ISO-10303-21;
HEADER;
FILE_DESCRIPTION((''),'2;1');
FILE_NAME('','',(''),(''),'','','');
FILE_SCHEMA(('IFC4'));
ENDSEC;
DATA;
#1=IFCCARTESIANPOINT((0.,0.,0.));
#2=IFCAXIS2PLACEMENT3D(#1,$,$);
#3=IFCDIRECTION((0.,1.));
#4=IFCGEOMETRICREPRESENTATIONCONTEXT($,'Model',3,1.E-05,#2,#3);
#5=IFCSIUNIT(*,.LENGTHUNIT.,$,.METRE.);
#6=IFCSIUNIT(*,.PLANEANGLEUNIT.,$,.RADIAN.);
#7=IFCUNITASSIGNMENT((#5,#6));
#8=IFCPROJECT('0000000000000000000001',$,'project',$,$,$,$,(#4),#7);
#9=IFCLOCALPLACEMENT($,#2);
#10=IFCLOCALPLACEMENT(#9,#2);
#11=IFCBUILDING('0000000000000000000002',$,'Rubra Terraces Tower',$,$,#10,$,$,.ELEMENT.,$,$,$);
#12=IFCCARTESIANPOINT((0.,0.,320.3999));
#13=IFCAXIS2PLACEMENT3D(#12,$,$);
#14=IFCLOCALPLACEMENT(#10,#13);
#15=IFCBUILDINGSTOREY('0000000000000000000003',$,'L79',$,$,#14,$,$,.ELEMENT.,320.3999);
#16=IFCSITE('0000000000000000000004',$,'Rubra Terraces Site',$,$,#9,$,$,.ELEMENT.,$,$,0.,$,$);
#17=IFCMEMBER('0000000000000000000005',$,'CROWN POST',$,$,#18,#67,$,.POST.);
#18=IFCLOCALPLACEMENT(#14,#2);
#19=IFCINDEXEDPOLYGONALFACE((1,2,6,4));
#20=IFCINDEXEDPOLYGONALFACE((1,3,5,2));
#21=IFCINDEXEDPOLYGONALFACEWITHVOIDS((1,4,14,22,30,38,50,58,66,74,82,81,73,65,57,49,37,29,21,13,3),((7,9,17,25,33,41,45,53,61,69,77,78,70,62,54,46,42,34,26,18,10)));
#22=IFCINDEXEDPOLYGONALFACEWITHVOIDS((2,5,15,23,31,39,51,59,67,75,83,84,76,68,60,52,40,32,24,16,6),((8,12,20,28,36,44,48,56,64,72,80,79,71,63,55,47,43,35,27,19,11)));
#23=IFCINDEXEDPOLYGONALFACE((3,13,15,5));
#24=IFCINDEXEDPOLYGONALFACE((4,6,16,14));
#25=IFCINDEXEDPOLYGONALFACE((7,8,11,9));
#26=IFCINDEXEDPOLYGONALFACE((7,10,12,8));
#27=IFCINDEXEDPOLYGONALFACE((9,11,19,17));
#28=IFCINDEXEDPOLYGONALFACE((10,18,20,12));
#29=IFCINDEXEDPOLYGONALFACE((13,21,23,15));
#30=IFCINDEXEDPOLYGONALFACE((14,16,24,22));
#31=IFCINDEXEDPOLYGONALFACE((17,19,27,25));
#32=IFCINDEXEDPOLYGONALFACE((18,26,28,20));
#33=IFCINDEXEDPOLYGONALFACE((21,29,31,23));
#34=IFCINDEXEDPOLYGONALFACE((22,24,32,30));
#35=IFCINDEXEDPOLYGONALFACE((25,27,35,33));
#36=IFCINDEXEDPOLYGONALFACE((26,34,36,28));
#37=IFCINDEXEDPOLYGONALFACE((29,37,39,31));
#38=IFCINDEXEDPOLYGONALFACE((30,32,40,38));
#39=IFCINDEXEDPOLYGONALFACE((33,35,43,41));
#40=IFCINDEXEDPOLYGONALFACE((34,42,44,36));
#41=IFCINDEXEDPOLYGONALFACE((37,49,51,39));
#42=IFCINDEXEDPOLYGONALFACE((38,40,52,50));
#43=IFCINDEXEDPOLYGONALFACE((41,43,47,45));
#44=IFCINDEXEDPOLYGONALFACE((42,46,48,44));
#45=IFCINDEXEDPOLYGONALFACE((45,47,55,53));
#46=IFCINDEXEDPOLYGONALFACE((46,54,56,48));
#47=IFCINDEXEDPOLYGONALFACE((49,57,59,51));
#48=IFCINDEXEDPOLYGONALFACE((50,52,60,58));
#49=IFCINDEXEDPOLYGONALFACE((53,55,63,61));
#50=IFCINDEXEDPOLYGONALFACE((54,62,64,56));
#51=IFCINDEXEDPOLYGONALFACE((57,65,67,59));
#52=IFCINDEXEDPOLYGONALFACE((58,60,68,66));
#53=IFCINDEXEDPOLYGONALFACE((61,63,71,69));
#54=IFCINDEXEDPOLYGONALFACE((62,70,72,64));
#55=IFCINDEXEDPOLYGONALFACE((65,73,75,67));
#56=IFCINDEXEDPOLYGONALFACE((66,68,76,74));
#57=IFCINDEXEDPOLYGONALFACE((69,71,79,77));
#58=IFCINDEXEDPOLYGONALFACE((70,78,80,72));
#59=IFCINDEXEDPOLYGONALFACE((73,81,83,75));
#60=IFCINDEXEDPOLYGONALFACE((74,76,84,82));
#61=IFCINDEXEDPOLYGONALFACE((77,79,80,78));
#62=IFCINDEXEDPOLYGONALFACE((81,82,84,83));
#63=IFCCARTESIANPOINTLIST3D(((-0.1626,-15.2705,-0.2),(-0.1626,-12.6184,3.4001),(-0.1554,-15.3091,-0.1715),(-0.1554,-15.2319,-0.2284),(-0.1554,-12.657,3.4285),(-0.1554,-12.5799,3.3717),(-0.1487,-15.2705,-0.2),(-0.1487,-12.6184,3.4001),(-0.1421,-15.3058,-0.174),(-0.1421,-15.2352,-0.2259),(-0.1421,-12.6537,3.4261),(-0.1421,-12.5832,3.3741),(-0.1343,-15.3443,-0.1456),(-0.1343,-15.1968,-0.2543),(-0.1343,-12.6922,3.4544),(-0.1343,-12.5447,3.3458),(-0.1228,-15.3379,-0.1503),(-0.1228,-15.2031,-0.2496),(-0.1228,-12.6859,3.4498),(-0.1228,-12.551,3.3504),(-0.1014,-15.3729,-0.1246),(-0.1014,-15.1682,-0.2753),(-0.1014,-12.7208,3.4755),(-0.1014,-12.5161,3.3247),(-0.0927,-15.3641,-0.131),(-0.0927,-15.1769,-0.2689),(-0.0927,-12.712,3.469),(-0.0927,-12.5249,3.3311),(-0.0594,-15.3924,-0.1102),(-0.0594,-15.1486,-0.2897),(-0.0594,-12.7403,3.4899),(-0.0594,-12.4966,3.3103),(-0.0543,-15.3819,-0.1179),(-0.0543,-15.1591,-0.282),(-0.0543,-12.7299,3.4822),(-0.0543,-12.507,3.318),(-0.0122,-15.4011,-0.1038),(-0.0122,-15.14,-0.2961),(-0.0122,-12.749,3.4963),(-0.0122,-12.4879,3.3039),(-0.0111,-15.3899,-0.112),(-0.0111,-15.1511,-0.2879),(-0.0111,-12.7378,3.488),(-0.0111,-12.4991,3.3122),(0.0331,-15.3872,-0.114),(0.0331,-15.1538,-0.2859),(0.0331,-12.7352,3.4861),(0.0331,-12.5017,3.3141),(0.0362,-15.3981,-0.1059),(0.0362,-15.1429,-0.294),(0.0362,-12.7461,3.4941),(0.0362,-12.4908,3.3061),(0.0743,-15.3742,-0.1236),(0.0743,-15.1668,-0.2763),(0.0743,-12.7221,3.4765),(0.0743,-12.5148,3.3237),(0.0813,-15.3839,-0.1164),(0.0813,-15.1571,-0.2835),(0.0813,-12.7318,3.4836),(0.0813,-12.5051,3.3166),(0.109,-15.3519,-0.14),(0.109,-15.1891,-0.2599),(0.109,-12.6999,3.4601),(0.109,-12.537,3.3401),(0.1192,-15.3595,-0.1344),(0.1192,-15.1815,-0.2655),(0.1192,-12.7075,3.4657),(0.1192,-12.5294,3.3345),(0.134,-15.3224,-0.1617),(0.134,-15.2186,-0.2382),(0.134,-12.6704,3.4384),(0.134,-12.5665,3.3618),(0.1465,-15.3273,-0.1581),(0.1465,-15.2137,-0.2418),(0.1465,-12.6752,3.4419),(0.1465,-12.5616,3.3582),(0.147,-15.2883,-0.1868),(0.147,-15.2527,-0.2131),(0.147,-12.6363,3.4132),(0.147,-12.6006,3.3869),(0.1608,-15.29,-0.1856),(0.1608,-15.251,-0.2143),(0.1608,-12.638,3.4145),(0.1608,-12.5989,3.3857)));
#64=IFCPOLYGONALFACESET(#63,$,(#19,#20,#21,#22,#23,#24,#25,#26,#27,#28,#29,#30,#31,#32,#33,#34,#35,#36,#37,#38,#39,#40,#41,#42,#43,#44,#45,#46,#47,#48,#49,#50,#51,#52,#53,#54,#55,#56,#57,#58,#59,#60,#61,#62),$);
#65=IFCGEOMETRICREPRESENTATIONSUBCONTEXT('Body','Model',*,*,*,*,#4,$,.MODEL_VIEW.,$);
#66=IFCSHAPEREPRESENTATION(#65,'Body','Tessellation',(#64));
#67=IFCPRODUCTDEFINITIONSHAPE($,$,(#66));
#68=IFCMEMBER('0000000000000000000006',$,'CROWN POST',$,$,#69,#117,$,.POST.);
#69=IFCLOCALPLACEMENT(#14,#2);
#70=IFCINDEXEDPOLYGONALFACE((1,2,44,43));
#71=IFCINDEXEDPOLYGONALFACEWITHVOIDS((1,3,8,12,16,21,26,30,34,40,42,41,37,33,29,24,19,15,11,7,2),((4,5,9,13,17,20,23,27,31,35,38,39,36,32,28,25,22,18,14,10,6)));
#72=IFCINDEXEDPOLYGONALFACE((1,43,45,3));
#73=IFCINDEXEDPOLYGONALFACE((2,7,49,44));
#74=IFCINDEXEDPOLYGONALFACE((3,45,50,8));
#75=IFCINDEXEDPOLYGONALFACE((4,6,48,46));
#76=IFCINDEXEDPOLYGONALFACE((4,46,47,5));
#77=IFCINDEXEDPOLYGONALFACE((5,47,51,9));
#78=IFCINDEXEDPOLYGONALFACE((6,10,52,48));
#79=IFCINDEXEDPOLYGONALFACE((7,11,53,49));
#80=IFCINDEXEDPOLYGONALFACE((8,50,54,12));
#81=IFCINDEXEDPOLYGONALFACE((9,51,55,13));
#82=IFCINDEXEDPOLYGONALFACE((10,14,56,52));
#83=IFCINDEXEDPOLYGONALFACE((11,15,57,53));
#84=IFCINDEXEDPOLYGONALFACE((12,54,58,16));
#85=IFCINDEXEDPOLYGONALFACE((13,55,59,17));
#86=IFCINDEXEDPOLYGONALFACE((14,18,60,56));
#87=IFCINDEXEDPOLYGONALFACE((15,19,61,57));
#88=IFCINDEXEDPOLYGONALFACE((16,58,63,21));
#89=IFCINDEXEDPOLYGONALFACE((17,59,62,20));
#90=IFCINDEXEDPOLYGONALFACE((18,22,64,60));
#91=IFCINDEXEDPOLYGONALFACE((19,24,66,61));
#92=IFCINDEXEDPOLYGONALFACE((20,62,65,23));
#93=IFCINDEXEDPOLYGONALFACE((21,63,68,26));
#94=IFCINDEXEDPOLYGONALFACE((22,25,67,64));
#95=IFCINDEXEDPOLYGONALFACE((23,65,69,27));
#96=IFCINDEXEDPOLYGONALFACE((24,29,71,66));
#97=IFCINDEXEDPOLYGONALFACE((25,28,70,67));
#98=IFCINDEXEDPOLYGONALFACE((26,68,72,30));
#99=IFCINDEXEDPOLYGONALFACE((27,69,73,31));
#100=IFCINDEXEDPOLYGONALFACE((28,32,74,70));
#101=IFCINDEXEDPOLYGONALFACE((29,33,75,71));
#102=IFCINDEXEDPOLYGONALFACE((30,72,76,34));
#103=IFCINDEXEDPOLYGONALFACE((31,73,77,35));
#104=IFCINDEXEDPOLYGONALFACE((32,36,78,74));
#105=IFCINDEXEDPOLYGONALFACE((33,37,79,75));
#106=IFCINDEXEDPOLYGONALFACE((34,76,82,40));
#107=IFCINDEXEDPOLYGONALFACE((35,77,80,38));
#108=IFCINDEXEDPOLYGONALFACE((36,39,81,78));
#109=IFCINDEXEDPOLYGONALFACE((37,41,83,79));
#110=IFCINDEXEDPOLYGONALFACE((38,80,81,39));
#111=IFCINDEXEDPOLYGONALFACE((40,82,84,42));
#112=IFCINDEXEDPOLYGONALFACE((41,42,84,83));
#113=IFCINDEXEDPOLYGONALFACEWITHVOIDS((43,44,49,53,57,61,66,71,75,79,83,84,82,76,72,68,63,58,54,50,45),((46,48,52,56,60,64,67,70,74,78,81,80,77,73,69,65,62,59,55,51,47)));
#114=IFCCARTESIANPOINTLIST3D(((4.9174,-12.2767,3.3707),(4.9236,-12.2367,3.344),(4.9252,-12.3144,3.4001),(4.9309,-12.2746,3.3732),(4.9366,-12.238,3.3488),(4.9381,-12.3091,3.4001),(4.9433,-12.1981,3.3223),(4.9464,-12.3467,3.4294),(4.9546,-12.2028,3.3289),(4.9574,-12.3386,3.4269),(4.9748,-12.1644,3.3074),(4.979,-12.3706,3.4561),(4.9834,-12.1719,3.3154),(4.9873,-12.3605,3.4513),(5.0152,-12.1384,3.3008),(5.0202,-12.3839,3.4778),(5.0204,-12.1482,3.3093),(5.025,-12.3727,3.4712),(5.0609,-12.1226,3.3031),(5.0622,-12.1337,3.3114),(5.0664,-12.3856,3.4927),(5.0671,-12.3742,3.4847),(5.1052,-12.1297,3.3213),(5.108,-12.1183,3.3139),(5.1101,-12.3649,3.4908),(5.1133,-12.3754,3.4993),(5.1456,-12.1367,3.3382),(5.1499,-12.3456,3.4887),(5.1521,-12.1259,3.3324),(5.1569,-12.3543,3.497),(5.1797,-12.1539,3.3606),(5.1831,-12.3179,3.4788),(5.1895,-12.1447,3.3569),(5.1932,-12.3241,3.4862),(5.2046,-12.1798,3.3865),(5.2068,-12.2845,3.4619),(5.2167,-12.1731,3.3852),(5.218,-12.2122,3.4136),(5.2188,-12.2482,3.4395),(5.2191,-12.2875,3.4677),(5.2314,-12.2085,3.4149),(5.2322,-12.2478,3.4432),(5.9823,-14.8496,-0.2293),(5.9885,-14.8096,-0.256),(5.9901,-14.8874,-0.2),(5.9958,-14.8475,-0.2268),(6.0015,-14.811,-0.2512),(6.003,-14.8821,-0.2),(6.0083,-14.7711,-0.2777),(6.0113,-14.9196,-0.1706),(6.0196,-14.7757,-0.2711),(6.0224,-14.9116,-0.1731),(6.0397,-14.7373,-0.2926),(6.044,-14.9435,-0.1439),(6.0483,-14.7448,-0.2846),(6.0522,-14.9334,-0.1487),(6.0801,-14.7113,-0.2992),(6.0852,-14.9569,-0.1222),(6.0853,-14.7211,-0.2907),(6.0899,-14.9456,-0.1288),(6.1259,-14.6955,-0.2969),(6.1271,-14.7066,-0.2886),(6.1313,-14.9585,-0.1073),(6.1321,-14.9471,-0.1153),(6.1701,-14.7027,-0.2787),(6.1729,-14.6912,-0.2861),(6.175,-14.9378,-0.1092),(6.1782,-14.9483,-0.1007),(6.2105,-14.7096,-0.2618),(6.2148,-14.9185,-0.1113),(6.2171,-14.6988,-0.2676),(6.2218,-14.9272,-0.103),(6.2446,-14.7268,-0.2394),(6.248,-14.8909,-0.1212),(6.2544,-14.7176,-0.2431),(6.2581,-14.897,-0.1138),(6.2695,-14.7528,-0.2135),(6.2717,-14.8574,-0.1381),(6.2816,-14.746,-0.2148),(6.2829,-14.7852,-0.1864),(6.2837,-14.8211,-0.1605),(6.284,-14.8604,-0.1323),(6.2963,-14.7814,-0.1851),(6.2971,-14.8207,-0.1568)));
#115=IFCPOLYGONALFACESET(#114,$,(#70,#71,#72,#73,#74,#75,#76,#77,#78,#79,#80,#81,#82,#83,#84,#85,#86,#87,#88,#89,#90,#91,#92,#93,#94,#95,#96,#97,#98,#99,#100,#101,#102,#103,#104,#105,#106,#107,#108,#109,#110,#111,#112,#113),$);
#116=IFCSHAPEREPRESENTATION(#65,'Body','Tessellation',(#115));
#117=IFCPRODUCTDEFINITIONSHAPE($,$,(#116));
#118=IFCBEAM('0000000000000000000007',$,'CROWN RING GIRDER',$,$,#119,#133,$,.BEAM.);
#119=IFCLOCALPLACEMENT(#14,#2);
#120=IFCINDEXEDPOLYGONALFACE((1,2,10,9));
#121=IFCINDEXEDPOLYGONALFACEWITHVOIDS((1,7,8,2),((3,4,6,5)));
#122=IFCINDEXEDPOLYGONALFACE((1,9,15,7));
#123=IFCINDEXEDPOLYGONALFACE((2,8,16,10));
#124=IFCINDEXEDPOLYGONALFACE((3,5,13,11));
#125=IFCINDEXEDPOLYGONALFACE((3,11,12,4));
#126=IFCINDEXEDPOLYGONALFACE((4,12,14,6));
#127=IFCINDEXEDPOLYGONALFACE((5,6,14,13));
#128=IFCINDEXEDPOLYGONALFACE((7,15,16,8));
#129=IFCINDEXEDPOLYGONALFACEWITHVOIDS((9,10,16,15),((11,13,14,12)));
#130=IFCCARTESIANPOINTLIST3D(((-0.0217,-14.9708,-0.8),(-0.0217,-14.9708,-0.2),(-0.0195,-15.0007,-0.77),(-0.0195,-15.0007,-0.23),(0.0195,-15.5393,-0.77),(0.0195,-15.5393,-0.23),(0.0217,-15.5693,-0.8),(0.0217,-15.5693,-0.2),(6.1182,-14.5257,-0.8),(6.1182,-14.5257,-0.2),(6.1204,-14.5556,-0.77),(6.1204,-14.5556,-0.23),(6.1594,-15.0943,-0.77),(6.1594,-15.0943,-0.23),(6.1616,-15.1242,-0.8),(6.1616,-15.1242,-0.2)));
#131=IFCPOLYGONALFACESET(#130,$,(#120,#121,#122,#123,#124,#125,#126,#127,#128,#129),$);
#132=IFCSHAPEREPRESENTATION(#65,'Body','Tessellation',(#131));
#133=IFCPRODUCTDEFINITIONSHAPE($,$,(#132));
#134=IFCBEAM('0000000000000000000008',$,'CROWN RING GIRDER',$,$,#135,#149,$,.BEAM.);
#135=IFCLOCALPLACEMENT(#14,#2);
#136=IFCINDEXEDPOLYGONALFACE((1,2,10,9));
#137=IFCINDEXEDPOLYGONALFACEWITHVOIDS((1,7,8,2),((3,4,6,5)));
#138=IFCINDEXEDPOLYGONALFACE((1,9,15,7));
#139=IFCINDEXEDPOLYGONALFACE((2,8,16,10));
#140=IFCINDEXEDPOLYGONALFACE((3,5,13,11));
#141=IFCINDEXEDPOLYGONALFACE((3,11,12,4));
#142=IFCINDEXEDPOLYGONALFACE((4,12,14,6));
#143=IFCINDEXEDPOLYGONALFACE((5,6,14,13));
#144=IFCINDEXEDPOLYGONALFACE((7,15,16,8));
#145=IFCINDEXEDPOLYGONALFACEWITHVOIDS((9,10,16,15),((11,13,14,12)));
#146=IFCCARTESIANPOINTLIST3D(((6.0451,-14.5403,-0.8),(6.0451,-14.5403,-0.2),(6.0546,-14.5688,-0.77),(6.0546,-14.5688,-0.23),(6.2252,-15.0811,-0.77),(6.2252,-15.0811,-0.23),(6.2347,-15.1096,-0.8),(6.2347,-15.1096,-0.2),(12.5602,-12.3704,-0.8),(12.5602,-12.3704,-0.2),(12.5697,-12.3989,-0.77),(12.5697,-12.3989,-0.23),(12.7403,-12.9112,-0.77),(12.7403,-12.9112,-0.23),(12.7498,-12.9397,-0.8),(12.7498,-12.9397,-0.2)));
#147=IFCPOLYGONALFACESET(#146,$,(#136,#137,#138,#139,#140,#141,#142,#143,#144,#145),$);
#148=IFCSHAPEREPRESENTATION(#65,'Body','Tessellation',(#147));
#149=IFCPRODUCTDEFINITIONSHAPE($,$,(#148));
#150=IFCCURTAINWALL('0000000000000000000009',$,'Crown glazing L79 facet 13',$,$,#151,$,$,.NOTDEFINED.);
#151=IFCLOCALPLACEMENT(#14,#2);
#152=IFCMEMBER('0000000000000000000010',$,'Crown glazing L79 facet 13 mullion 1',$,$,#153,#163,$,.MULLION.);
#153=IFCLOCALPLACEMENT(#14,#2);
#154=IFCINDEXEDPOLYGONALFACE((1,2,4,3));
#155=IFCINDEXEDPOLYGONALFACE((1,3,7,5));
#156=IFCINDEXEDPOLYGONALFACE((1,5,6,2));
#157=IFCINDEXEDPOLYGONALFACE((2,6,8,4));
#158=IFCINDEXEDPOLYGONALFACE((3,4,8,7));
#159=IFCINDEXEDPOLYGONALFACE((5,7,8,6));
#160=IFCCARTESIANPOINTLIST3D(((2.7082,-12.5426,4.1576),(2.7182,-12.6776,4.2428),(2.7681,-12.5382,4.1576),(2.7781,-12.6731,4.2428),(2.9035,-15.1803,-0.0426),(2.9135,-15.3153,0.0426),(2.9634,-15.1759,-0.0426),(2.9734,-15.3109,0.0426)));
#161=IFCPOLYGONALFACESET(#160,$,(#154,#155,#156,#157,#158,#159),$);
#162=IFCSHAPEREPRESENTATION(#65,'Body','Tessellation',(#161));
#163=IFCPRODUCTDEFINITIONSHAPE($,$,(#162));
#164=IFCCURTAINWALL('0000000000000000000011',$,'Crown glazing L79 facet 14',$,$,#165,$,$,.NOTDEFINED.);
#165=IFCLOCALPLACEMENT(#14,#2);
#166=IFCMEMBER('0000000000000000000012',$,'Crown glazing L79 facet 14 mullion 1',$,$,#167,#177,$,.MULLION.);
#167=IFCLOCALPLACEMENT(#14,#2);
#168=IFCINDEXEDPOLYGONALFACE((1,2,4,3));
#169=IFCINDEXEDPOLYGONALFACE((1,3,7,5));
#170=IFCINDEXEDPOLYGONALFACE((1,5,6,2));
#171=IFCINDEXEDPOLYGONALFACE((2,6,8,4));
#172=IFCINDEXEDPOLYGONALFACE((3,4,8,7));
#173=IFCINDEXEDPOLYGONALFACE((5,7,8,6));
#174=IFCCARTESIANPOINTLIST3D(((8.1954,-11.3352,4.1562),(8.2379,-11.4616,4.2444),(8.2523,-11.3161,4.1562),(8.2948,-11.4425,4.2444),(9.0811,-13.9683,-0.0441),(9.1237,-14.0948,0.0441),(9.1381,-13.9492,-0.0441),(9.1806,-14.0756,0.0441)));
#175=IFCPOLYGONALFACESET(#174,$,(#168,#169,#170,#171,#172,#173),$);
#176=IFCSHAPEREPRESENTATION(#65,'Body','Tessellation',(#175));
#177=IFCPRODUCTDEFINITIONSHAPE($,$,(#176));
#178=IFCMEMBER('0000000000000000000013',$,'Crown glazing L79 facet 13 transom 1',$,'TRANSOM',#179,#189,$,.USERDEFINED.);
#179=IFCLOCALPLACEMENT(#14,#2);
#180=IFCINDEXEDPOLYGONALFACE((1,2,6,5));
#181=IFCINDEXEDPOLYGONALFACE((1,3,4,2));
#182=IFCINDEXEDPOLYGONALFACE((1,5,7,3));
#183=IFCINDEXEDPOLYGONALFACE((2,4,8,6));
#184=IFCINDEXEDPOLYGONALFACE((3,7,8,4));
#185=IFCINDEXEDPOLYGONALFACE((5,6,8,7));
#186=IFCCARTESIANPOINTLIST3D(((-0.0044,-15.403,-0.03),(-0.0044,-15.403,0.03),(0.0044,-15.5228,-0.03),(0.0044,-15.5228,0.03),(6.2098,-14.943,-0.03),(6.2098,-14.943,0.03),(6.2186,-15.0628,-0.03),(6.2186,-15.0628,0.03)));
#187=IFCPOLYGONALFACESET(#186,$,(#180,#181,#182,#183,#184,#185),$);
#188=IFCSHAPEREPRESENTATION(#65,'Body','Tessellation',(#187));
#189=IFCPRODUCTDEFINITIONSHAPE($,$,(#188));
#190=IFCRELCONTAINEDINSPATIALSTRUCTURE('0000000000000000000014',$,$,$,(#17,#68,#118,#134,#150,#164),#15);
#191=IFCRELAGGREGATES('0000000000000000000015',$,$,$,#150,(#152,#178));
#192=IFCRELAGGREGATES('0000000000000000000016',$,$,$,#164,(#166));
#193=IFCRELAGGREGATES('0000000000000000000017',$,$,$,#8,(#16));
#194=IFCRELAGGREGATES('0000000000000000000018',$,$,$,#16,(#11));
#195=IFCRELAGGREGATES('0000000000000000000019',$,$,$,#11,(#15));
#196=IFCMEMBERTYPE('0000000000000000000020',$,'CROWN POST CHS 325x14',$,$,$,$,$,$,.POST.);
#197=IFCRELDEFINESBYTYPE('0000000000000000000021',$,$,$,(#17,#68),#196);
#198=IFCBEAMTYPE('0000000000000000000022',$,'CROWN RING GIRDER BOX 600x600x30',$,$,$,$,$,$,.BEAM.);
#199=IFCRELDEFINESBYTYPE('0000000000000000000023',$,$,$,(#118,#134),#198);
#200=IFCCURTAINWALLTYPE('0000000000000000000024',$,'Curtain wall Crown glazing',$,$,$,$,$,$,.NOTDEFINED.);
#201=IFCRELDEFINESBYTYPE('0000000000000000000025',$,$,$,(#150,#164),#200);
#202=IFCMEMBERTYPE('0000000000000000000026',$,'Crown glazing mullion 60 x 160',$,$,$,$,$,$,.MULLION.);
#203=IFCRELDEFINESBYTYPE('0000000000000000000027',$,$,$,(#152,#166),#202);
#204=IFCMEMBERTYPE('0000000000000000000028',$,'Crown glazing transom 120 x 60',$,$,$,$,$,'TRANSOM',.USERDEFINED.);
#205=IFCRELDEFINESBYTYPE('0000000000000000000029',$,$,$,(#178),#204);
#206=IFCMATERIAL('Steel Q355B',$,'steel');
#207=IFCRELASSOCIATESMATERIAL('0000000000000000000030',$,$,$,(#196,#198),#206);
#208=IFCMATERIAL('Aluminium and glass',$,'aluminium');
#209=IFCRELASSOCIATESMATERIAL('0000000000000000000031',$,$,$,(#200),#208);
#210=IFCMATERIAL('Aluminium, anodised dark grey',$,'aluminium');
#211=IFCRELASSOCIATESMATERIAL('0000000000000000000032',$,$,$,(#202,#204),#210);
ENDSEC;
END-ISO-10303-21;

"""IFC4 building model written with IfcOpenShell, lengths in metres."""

from ifc_helpers import new_model, si_unit, direction, frame, origin, origin_2d, place, context, subcontext, project, spatial, rectangle, hollow_rectangle, hollow_circle, extrude, material, material_profile, profile_set, type_object, element, aggregate, save


model = new_model("IFC4")

# Units and contexts
model_context = context("Model", 3, precision=1e-05, world=origin(), true_north=direction((0.0, 1.0)))
body_context = subcontext(model_context, "Body", "Model", "MODEL_VIEW")
ifc_project = project(units=[si_unit("LENGTHUNIT", "METRE"), si_unit("PLANEANGLEUNIT", "RADIAN")], contexts=[model_context])

# Site, building, storey
site_placement = place(None, origin())
site = spatial("IfcSite", under=ifc_project, at=site_placement, Name="Rubra Terraces Site", CompositionType="ELEMENT", RefElevation=0.0)
building_placement = place(site_placement, origin())
building = spatial("IfcBuilding", under=site, at=building_placement, Name="Rubra Terraces Tower", CompositionType="ELEMENT")
storey_placement = place(building_placement, frame((0.0, 0.0, 320.3999)))
storey = spatial("IfcBuildingStorey", under=building, at=storey_placement, Name="L79", CompositionType="ELEMENT", Elevation=320.3999)

# Members
ifc_material_1 = material(Name="Steel Q355B", Category="steel")
ifc_material_profile_1 = material_profile(ifc_material_1, hollow_circle(Radius=0.1626, WallThickness=0.0139, at=origin_2d()), Name="CHS 325x14")
ifc_profile_set_1 = profile_set([ifc_material_profile_1], Name="Steel Q355B")
member_type_1 = type_object("IfcMemberType", Name="CROWN POST CHS 325x14", PredefinedType="POST", material=ifc_profile_set_1)
member_1_placement = place(storey_placement, frame((0.0, -15.2705, -0.2), z_axis=(0.0, 0.593111, 0.80512), x_axis=(-1.0, 0.0, 0.0)))
element("IfcMember", 1, at=member_1_placement, inside=storey, type_object=member_type_1, Name="CROWN POST", PredefinedType="POST", context=body_context, shape_type="SweptSolid", body=[
    extrude(hollow_circle(Radius=0.1626, WallThickness=0.0139, at=origin_2d()), origin(), (0.0, 0.0, 1.0), 4.4714),
])
member_2_placement = place(storey_placement, frame((6.1404, -14.8252, -0.2), z_axis=(-0.233982, 0.565322, 0.790989), x_axis=(-0.923985, -0.382429, 0.0)))
element("IfcMember", 2, at=member_2_placement, inside=storey, type_object=member_type_1, Name="CROWN POST", PredefinedType="POST", context=body_context, shape_type="SweptSolid", body=[
    extrude(hollow_circle(Radius=0.1626, WallThickness=0.0139, at=origin_2d()), origin(), (0.0, 0.0, 1.0), 4.5513),
])

# Beams
ifc_material_profile_2 = material_profile(ifc_material_1, hollow_rectangle(XDim=0.6001, YDim=0.6001, WallThickness=0.03, at=origin_2d()), Name="BOX 600x600x30")
ifc_profile_set_2 = profile_set([ifc_material_profile_2], Name="Steel Q355B")
beam_type = type_object("IfcBeamType", Name="CROWN RING GIRDER BOX 600x600x30", PredefinedType="BEAM", material=ifc_profile_set_2)
beam_1_placement = place(storey_placement, frame((0.0, -15.27, -0.5), z_axis=(0.997383, 0.072298, 0.0), x_axis=(-0.072298, 0.997383, 0.0)))
element("IfcBeam", 3, at=beam_1_placement, inside=storey, type_object=beam_type, Name="CROWN RING GIRDER", PredefinedType="BEAM", context=body_context, shape_type="SweptSolid", body=[
    extrude(hollow_rectangle(XDim=0.6001, YDim=0.6001, WallThickness=0.03, at=origin_2d()), origin(), (0.0, 0.0, 1.0), 6.156),
])
beam_2_placement = place(storey_placement, frame((6.1399, -14.825, -0.5), z_axis=(0.948761, 0.315993, 0.0), x_axis=(-0.315993, 0.948761, 0.0)))
element("IfcBeam", 4, at=beam_2_placement, inside=storey, type_object=beam_type, Name="CROWN RING GIRDER", PredefinedType="BEAM", context=body_context, shape_type="SweptSolid", body=[
    extrude(hollow_rectangle(XDim=0.6001, YDim=0.6001, WallThickness=0.03, at=origin_2d()), origin(), (0.0, 0.0, 1.0), 6.8669),
])

# Curtain walls, members
ifc_material_2 = material(Name="Aluminium and glass", Category="aluminium")
curtain_wall_type = type_object("IfcCurtainWallType", Name="Curtain wall Crown glazing", PredefinedType="NOTDEFINED", material=ifc_material_2)
curtain_wall_1_placement = place(storey_placement, origin())
curtain_wall_1 = element("IfcCurtainWall", 5, at=curtain_wall_1_placement, inside=storey, type_object=curtain_wall_type, Name="Crown glazing L79 facet 13", PredefinedType="NOTDEFINED")
ifc_material_3 = material(Name="Aluminium, anodised dark grey", Category="aluminium")
ifc_material_profile_3 = material_profile(ifc_material_3, rectangle(XDim=0.0601, YDim=0.1599, at=origin_2d()), Name="AL 60x160")
ifc_profile_set_3 = profile_set([ifc_material_profile_3], Name="Aluminium, anodised dark grey")
member_type_2 = type_object("IfcMemberType", Name="Crown glazing mullion 60 x 160", PredefinedType="MULLION", material=ifc_profile_set_3)
member_3_placement = place(storey_placement, frame((2.9385, -15.2456, 0.0), z_axis=(-0.039349, 0.531409, 0.846201), x_axis=(-0.99727, -0.073844, 0.0)))
member_3 = element("IfcMember", 6, at=member_3_placement, type_object=member_type_2, Name="Crown glazing L79 facet 13 mullion 1", PredefinedType="MULLION", context=body_context, shape_type="SweptSolid", body=[
    extrude(rectangle(XDim=0.0601, YDim=0.1599, at=origin_2d()), origin(), (0.0, 0.0, 1.0), 4.9636),
])
curtain_wall_2_placement = place(storey_placement, origin())
curtain_wall_2 = element("IfcCurtainWall", 7, at=curtain_wall_2_placement, inside=storey, type_object=curtain_wall_type, Name="Crown glazing L79 facet 14", PredefinedType="NOTDEFINED")
member_4_placement = place(storey_placement, frame((9.1309, -14.022, 0.0), z_axis=(-0.175889, 0.522869, 0.834069), x_axis=(-0.94781, -0.318837, 0.0)))
member_4 = element("IfcMember", 8, at=member_4_placement, type_object=member_type_2, Name="Crown glazing L79 facet 14 mullion 1", PredefinedType="MULLION", context=body_context, shape_type="SweptSolid", body=[
    extrude(rectangle(XDim=0.0601, YDim=0.1599, at=origin_2d()), origin(), (0.0, 0.0, 1.0), 5.0359),
])

# Member
ifc_material_profile_4 = material_profile(ifc_material_3, rectangle(XDim=0.1201, YDim=0.0601, at=origin_2d()), Name="AL 120x60")
ifc_profile_set_4 = profile_set([ifc_material_profile_4], Name="Aluminium, anodised dark grey")
member_type_3 = type_object("IfcMemberType", Name="Crown glazing transom 120 x 60", ElementType="TRANSOM", PredefinedType="USERDEFINED", material=ifc_profile_set_4)
member_5_placement = place(storey_placement, frame((0.0, -15.4629, 0.0), z_axis=(0.997272, 0.073817, 0.0), x_axis=(-0.073817, 0.997272, 0.0)))
member_5 = element("IfcMember", 9, at=member_5_placement, type_object=member_type_3, Name="Crown glazing L79 facet 13 transom 1", ObjectType="TRANSOM", PredefinedType="USERDEFINED", context=body_context, shape_type="SweptSolid", body=[
    extrude(rectangle(XDim=0.1201, YDim=0.0601, at=origin_2d()), origin(), (0.0, 0.0, 1.0), 6.2312),
])

aggregate(curtain_wall_1, [member_3, member_5])
aggregate(curtain_wall_2, [member_4])

save(model, "model.ifc")
